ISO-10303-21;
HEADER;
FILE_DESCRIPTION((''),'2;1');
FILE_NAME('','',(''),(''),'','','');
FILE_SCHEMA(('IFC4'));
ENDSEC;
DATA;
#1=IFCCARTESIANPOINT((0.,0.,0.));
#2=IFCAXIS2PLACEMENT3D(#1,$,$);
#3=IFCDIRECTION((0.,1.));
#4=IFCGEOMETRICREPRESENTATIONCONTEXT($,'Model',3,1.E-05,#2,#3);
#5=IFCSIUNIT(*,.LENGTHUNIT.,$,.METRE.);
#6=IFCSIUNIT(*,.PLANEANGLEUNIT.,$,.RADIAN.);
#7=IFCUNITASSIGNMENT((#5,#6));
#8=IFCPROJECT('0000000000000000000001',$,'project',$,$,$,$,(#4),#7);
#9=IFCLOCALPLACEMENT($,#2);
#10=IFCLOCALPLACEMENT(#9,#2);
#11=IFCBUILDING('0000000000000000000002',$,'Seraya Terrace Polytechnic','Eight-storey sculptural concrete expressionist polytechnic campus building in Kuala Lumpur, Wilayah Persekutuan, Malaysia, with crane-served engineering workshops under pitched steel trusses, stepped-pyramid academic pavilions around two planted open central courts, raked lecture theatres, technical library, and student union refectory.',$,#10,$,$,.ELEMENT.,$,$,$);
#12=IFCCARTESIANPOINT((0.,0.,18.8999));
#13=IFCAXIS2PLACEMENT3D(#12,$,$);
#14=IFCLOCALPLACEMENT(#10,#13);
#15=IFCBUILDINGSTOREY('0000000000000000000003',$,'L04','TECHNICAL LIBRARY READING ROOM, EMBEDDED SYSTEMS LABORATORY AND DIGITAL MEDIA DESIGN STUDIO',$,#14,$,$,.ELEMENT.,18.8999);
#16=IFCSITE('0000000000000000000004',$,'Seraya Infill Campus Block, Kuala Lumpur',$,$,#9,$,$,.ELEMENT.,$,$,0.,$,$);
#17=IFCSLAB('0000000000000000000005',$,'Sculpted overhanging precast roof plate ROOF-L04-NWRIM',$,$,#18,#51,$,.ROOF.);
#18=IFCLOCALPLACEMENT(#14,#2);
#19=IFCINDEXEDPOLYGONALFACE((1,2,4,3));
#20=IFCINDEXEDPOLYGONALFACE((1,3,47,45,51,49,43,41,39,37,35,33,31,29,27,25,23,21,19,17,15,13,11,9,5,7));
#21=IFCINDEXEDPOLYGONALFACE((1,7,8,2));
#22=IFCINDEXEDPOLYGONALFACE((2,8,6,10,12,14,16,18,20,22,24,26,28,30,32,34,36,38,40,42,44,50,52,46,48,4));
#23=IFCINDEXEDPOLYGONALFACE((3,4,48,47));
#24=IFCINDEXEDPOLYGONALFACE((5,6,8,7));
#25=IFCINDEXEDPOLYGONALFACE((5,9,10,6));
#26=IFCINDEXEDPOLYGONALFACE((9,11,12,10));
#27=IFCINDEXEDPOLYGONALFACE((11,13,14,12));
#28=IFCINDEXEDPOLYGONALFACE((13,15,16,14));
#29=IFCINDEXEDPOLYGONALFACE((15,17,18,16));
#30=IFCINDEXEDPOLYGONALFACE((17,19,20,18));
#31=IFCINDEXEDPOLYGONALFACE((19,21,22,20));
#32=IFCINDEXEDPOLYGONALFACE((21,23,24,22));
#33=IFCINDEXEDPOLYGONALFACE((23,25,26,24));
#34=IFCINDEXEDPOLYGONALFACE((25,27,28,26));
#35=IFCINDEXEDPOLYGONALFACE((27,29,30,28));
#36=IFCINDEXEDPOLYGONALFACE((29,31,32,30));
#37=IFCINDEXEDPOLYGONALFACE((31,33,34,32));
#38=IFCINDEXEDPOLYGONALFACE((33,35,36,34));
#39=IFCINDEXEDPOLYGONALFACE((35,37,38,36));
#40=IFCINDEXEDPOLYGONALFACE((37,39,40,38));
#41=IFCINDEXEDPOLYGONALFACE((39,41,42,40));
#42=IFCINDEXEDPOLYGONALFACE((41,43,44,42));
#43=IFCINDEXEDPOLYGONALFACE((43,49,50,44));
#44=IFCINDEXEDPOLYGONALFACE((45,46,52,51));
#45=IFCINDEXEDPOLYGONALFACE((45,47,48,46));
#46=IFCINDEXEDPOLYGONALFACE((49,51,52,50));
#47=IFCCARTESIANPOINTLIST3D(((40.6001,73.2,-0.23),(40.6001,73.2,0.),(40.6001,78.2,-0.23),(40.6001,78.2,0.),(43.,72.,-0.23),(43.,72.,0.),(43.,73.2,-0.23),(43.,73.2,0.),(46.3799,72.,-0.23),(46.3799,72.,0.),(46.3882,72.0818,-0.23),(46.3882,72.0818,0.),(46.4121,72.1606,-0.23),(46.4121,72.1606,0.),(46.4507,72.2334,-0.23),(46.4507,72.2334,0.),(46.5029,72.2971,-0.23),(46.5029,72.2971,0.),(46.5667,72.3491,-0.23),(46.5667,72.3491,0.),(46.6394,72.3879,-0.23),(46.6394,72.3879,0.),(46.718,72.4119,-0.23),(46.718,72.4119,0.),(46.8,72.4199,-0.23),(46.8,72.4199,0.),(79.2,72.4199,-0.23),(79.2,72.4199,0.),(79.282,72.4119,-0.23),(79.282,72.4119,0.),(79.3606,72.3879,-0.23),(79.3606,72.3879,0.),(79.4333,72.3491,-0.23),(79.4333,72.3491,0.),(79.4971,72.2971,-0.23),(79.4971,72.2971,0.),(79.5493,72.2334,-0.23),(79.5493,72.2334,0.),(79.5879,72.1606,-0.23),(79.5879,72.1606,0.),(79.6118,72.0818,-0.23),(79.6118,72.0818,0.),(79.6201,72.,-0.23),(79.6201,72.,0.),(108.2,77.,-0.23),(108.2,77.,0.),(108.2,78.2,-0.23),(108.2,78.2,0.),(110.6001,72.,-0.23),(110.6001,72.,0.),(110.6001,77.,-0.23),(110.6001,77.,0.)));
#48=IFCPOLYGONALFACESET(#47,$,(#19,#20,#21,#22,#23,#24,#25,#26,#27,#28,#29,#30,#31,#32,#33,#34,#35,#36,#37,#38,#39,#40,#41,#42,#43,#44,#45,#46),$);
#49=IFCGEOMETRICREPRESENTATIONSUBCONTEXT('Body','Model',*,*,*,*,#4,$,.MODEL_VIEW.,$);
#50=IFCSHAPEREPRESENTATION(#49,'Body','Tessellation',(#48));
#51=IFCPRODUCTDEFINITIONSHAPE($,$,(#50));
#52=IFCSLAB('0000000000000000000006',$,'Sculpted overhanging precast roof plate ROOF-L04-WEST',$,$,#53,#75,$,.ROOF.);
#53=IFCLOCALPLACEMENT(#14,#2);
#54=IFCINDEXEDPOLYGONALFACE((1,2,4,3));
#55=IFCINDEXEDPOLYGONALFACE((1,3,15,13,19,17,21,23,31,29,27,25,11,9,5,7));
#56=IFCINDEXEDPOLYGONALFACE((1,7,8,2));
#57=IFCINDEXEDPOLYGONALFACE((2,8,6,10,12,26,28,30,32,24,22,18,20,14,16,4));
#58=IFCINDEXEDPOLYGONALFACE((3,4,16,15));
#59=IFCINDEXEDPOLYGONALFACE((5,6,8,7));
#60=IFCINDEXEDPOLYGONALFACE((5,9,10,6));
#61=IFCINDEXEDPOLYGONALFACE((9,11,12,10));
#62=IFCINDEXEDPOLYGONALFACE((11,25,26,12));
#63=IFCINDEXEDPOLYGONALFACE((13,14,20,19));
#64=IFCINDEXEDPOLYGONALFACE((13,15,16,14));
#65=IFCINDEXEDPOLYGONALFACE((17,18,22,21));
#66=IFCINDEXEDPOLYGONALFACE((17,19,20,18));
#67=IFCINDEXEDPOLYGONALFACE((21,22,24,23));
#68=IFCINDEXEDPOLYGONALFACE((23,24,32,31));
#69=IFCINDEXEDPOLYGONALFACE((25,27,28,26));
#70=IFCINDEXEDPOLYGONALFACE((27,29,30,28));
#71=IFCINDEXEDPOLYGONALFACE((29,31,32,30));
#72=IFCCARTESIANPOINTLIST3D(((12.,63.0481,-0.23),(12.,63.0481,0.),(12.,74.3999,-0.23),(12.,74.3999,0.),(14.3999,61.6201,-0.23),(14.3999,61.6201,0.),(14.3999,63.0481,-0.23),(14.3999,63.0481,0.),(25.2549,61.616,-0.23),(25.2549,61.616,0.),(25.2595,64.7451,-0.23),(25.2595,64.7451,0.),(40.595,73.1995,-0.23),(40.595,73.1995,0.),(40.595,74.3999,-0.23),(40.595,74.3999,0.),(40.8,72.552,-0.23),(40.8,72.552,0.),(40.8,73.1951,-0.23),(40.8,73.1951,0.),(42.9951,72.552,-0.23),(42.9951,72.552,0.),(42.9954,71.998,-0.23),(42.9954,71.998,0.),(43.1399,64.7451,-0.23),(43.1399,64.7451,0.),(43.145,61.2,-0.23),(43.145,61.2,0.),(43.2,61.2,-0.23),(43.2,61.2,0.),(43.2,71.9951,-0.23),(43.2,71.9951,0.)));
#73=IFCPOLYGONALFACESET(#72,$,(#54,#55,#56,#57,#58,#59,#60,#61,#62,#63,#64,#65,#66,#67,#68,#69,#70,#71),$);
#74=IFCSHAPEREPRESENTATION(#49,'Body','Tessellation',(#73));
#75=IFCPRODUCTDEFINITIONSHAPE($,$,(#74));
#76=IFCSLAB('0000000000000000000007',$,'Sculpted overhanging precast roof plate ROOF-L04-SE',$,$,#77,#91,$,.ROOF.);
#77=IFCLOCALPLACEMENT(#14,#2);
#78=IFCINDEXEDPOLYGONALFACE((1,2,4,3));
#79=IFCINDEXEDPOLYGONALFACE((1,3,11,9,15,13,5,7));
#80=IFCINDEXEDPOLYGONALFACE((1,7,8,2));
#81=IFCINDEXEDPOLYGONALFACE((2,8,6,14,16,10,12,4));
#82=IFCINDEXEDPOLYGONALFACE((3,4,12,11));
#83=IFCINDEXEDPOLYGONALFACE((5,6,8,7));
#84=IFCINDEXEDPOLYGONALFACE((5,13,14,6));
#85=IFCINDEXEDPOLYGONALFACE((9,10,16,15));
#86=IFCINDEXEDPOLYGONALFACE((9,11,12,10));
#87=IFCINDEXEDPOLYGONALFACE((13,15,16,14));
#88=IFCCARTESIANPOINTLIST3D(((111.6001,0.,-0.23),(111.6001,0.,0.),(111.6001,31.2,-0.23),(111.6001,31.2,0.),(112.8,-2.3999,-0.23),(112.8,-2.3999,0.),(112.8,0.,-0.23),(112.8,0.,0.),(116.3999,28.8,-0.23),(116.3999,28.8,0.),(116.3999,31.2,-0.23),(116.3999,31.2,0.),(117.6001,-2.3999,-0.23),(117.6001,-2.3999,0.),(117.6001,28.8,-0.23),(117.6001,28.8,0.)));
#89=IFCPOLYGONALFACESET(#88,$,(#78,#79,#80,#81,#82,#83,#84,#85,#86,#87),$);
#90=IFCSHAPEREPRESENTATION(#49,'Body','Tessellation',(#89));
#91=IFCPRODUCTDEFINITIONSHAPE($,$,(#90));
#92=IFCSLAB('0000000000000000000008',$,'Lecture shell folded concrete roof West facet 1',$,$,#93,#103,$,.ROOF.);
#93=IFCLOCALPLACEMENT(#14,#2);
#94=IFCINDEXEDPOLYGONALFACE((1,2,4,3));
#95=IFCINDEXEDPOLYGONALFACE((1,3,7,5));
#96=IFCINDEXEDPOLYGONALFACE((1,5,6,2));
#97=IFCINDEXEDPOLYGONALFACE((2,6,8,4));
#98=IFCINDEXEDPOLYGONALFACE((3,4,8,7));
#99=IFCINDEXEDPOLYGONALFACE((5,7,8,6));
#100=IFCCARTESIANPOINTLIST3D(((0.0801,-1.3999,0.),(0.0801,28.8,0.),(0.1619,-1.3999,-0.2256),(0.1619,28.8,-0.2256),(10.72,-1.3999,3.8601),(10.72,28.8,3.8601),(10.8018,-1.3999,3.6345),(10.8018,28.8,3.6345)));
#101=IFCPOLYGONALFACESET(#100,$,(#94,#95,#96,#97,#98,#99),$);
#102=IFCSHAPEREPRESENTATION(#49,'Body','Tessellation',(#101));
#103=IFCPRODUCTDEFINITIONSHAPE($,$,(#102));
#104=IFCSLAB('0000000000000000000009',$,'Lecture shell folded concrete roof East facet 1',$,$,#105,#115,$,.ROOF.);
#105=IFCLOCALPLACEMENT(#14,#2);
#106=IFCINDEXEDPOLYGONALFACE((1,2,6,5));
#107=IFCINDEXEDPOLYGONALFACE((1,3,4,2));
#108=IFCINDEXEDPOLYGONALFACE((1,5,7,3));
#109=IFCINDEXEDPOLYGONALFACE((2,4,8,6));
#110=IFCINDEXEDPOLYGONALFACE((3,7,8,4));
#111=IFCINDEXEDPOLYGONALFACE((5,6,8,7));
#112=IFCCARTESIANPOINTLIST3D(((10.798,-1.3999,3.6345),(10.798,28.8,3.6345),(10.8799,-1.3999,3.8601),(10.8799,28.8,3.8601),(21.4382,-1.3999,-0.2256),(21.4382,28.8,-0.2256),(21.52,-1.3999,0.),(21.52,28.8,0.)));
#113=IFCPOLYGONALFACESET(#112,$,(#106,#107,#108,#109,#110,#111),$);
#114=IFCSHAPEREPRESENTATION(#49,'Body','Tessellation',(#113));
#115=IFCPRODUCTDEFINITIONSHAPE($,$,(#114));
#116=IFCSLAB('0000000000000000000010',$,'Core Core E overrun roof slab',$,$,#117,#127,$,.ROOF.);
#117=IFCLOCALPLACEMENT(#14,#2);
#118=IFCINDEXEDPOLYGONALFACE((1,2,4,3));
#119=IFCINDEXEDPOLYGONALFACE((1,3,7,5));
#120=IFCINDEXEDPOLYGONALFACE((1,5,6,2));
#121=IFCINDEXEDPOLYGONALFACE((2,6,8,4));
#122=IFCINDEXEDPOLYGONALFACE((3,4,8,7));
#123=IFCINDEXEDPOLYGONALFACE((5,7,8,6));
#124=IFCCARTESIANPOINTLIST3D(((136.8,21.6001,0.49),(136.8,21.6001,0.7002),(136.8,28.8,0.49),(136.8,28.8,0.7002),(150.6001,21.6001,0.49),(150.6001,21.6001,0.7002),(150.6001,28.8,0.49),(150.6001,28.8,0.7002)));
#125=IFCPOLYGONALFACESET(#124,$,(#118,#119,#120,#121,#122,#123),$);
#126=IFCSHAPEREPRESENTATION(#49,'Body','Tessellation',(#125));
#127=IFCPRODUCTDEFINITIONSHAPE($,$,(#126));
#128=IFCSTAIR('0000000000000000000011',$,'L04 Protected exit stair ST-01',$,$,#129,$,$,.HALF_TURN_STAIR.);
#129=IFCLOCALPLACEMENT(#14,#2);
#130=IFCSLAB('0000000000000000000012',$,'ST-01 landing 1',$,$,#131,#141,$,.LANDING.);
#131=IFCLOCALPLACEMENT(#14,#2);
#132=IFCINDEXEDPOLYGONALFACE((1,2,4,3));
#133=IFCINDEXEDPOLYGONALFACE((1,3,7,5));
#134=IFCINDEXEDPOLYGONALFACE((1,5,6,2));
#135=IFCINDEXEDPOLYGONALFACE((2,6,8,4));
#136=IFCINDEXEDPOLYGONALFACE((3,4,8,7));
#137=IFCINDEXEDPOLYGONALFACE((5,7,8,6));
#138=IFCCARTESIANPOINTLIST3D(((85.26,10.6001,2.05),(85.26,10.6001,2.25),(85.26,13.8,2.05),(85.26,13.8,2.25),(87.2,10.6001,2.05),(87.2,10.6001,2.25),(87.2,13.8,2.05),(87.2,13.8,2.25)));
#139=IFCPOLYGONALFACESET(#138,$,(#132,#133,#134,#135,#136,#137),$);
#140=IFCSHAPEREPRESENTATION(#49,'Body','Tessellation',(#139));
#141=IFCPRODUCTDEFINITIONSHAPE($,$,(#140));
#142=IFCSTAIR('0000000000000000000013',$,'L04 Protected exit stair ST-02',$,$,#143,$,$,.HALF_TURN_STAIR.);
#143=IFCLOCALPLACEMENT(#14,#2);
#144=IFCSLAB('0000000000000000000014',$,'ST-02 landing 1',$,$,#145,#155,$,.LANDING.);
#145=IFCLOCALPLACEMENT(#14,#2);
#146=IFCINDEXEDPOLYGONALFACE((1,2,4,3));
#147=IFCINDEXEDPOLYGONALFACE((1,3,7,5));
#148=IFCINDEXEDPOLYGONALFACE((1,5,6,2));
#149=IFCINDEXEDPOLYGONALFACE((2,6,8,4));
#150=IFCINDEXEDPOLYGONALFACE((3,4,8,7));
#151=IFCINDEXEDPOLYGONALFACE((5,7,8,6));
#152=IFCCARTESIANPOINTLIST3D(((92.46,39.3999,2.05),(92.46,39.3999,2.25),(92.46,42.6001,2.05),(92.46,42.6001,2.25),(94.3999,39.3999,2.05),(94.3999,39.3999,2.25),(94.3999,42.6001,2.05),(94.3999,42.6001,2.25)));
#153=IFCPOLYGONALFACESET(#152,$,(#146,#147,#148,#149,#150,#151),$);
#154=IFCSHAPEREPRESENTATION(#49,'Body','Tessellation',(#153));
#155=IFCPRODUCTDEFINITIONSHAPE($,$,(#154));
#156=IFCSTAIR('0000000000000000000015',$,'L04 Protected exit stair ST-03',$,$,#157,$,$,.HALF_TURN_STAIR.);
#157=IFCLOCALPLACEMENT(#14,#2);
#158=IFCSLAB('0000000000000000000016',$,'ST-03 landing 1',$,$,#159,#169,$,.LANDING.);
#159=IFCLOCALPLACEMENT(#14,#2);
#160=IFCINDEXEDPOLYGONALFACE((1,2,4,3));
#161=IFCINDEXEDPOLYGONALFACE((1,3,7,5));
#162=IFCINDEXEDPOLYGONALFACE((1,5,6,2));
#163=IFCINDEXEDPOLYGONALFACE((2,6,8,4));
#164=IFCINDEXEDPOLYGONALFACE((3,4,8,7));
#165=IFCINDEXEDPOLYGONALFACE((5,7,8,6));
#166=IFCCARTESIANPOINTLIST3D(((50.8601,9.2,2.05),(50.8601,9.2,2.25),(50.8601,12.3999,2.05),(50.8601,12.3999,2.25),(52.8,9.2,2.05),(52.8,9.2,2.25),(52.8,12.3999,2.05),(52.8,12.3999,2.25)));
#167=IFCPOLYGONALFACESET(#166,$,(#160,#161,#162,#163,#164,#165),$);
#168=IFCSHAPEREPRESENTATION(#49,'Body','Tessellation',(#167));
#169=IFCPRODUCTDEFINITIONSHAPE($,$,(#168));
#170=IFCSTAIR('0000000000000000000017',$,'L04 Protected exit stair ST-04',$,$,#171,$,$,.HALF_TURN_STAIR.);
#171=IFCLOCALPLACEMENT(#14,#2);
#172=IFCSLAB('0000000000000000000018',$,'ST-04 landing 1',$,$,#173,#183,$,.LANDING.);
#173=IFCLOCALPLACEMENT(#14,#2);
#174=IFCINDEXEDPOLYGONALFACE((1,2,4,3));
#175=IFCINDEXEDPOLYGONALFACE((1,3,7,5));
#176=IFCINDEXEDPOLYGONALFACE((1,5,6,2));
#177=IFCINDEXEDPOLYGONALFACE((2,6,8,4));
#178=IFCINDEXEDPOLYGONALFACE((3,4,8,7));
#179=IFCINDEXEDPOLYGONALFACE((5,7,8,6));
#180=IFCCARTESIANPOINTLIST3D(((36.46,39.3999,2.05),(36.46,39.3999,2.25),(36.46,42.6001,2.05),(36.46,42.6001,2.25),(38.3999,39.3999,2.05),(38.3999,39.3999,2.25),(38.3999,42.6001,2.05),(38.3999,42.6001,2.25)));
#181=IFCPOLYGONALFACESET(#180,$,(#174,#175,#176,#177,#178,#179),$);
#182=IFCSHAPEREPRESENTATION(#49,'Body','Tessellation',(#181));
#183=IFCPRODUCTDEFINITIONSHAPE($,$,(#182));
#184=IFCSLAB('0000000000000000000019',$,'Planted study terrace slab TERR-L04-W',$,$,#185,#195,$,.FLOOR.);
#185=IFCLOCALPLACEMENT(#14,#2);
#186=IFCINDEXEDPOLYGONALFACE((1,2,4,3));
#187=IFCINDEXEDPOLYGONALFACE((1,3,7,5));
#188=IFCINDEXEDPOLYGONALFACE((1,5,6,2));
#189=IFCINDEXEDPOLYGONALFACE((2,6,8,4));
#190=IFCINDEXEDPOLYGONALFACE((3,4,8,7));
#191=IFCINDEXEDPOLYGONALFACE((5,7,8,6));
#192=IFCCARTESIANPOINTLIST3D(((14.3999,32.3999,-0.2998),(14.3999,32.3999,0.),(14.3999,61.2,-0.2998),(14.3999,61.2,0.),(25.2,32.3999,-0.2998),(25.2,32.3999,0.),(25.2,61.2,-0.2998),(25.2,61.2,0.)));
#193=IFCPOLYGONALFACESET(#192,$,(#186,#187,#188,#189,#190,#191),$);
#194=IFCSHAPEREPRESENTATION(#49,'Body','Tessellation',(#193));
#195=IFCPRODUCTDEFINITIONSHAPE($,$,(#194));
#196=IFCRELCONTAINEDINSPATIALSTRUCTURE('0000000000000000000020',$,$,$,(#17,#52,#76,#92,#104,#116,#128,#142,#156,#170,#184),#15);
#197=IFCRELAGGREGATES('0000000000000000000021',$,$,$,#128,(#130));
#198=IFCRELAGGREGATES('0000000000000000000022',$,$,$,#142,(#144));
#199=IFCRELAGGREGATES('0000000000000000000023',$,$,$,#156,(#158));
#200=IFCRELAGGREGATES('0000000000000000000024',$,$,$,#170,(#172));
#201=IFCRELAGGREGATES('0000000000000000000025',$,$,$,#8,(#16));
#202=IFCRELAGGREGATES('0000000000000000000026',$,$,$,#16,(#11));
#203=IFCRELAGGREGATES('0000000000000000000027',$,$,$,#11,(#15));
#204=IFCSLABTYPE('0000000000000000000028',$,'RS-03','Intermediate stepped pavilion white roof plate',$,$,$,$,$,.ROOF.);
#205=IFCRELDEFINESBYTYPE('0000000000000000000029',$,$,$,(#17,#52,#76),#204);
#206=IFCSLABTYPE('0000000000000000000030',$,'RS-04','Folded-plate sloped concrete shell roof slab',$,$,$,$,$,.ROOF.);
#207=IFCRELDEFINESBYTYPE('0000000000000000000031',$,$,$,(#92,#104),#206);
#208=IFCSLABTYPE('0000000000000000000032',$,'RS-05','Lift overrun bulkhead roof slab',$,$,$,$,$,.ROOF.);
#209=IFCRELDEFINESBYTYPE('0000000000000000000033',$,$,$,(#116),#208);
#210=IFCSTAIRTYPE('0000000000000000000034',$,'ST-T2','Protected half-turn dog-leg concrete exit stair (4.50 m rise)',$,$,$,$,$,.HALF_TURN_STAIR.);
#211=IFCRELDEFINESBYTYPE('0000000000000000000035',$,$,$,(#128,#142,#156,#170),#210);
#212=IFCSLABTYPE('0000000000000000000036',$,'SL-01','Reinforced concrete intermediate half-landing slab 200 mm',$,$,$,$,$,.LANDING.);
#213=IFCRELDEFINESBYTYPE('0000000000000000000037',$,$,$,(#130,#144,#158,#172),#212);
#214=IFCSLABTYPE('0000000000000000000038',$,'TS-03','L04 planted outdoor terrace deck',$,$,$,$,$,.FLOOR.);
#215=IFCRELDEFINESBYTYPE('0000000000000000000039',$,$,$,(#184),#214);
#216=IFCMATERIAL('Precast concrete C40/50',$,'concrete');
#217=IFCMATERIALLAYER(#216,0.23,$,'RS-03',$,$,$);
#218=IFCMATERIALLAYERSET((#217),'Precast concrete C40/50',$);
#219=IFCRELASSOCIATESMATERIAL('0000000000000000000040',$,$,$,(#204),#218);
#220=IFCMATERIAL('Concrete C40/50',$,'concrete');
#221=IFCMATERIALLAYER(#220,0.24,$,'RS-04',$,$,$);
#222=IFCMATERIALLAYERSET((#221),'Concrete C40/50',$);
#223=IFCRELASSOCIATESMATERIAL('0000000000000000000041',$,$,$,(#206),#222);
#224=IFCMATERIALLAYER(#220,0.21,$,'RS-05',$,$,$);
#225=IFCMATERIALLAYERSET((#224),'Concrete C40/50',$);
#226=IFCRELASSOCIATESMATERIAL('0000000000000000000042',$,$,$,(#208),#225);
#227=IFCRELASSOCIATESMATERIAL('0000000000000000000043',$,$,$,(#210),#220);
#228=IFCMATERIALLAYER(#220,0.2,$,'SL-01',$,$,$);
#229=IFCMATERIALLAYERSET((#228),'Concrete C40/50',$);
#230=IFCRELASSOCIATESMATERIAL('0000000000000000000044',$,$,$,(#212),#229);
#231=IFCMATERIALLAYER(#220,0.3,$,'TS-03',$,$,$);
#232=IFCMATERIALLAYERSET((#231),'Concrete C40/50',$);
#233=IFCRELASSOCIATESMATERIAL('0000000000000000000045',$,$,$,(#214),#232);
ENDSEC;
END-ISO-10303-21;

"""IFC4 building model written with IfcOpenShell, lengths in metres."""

from ifc_helpers import new_model, si_unit, direction, frame, origin, place, context, subcontext, project, spatial, polyline, outline, extrude, material, layer, layer_set, type_object, element, aggregate, save


model = new_model("IFC4")

# Units and contexts
model_context = context("Model", 3, precision=1e-05, world=origin(), true_north=direction((0.0, 1.0)))
body_context = subcontext(model_context, "Body", "Model", "MODEL_VIEW")
ifc_project = project(units=[si_unit("LENGTHUNIT", "METRE"), si_unit("PLANEANGLEUNIT", "RADIAN")], contexts=[model_context])

# Site, building, storey
site_placement = place(None, origin())
site = spatial("IfcSite", under=ifc_project, at=site_placement, Name="Seraya Infill Campus Block, Kuala Lumpur", CompositionType="ELEMENT", RefElevation=0.0)
building_placement = place(site_placement, origin())
building = spatial("IfcBuilding", under=site, at=building_placement, Name="Seraya Terrace Polytechnic", Description="Eight-storey sculptural concrete expressionist polytechnic campus building in Kuala Lumpur, Wilayah Persekutuan, Malaysia, with crane-served engineering workshops under pitched steel trusses, stepped-pyramid academic pavilions around two planted open central courts, raked lecture theatres, technical library, and student union refectory.", CompositionType="ELEMENT")
storey_placement = place(building_placement, frame((0.0, 0.0, 18.8999)))
storey = spatial("IfcBuildingStorey", under=building, at=storey_placement, Name="L04", Description="TECHNICAL LIBRARY READING ROOM, EMBEDDED SYSTEMS LABORATORY AND DIGITAL MEDIA DESIGN STUDIO", CompositionType="ELEMENT", Elevation=18.8999)

# Shared definitions
ifc_material_1 = material(Name="Concrete C40/50", Category="concrete")

# Slabs
ifc_material_2 = material(Name="Precast concrete C40/50", Category="concrete")
ifc_layer_1 = layer(ifc_material_2, 0.23, Name="RS-03")
ifc_layer_set_1 = layer_set([ifc_layer_1], Name="Precast concrete C40/50")
slab_type_1 = type_object("IfcSlabType", Name="RS-03", Description="Intermediate stepped pavilion white roof plate", PredefinedType="ROOF", material=ifc_layer_set_1)
slab_1_placement = place(storey_placement, frame((0.0, 0.0, -0.23)))
element("IfcSlab", 1, at=slab_1_placement, inside=storey, type_object=slab_type_1, Name="Sculpted overhanging precast roof plate ROOF-L04-NWRIM", PredefinedType="ROOF", context=body_context, shape_type="SweptSolid", body=[
    extrude(outline(polyline([(43.0, 72.0), (43.0, 73.2), (40.6001, 73.2), (40.6001, 78.2), (108.2, 78.2), (108.2, 77.0), (110.6001, 77.0), (110.6001, 72.0), (79.6201, 72.0), (79.6118, 72.0818), (79.5879, 72.1606), (79.5493, 72.2334), (79.4971, 72.2971), (79.4333, 72.3491), (79.3606, 72.3879), (79.282, 72.4119), (79.2, 72.4199), (46.8, 72.4199), (46.718, 72.4119), (46.6394, 72.3879), (46.5667, 72.3491), (46.5029, 72.2971), (46.4507, 72.2334), (46.4121, 72.1606), (46.3882, 72.0818), (46.3799, 72.0), (43.0, 72.0)])), origin(), (0.0, 0.0, 1.0), 0.23),
])
slab_2_placement = place(storey_placement, frame((0.0, 0.0, -0.23)))
element("IfcSlab", 2, at=slab_2_placement, inside=storey, type_object=slab_type_1, Name="Sculpted overhanging precast roof plate ROOF-L04-WEST", PredefinedType="ROOF", context=body_context, shape_type="SweptSolid", body=[
    extrude(outline(polyline([(43.2, 61.2), (43.145, 61.2), (43.1399, 64.7451), (25.2595, 64.7451), (25.2549, 61.616), (14.3999, 61.6201), (14.3999, 63.0481), (12.0, 63.0481), (12.0, 74.3999), (40.595, 74.3999), (40.595, 73.1995), (40.8, 73.1951), (40.8, 72.552), (42.9951, 72.552), (42.9954, 71.998), (43.2, 71.9951), (43.2, 61.2)])), origin(), (0.0, 0.0, 1.0), 0.23),
])
slab_3_placement = place(storey_placement, frame((0.0, 0.0, -0.23)))
element("IfcSlab", 3, at=slab_3_placement, inside=storey, type_object=slab_type_1, Name="Sculpted overhanging precast roof plate ROOF-L04-SE", PredefinedType="ROOF", context=body_context, shape_type="SweptSolid", body=[
    extrude(outline(polyline([(112.8, 0.0), (111.6001, 0.0), (111.6001, 31.2), (116.3999, 31.2), (116.3999, 28.8), (117.6001, 28.8), (117.6001, -2.3999), (112.8, -2.3999), (112.8, 0.0)])), origin(), (0.0, 0.0, 1.0), 0.23),
])
ifc_layer_2 = layer(ifc_material_1, 0.24, Name="RS-04")
ifc_layer_set_2 = layer_set([ifc_layer_2], Name="Concrete C40/50")
slab_type_2 = type_object("IfcSlabType", Name="RS-04", Description="Folded-plate sloped concrete shell roof slab", PredefinedType="ROOF", material=ifc_layer_set_2)
slab_4_placement = place(storey_placement, frame((0.0801, -1.3999, 0.0), z_axis=(-0.341045, 0.0, 0.940047), x_axis=(0.940047, 0.0, 0.341045)))
element("IfcSlab", 4, at=slab_4_placement, inside=storey, type_object=slab_type_2, Name="Lecture shell folded concrete roof West facet 1", PredefinedType="ROOF", context=body_context, shape_type="SweptSolid", body=[
    extrude(outline(polyline([(0.0, 0.0), (11.3185, 0.0), (11.3185, 30.2), (0.0, 30.2), (0.0, 0.0)])), origin(), (0.0, 0.0, -1.0), 0.24),
])
slab_5_placement = place(storey_placement, frame((10.8799, -1.3999, 3.8601), z_axis=(0.341038, 0.0, 0.940049), x_axis=(0.940049, 0.0, -0.341038)))
element("IfcSlab", 5, at=slab_5_placement, inside=storey, type_object=slab_type_2, Name="Lecture shell folded concrete roof East facet 1", PredefinedType="ROOF", context=body_context, shape_type="SweptSolid", body=[
    extrude(outline(polyline([(0.0, 0.0), (11.3187, 0.0), (11.3187, 30.2), (0.0, 30.2), (0.0, 0.0)])), origin(), (0.0, 0.0, -1.0), 0.24),
])
ifc_layer_3 = layer(ifc_material_1, 0.21, Name="RS-05")
ifc_layer_set_3 = layer_set([ifc_layer_3], Name="Concrete C40/50")
slab_type_3 = type_object("IfcSlabType", Name="RS-05", Description="Lift overrun bulkhead roof slab", PredefinedType="ROOF", material=ifc_layer_set_3)
slab_6_placement = place(storey_placement, frame((0.0, 0.0, 0.49)))
element("IfcSlab", 6, at=slab_6_placement, inside=storey, type_object=slab_type_3, Name="Core Core E overrun roof slab", PredefinedType="ROOF", context=body_context, shape_type="SweptSolid", body=[
    extrude(outline(polyline([(136.8, 21.6001), (150.6001, 21.6001), (150.6001, 28.8), (136.8, 28.8), (136.8, 21.6001)])), origin(), (0.0, 0.0, 1.0), 0.2102),
])

# Stairs, slabs
stair_type = type_object("IfcStairType", Name="ST-T2", Description="Protected half-turn dog-leg concrete exit stair (4.50 m rise)", PredefinedType="HALF_TURN_STAIR", material=ifc_material_1)
stair_1_placement = place(storey_placement, origin())
stair_1 = element("IfcStair", 7, at=stair_1_placement, inside=storey, type_object=stair_type, Name="L04 Protected exit stair ST-01", PredefinedType="HALF_TURN_STAIR")
ifc_layer_4 = layer(ifc_material_1, 0.2, Name="SL-01")
ifc_layer_set_4 = layer_set([ifc_layer_4], Name="Concrete C40/50")
slab_type_4 = type_object("IfcSlabType", Name="SL-01", Description="Reinforced concrete intermediate half-landing slab 200 mm", PredefinedType="LANDING", material=ifc_layer_set_4)
slab_7_placement = place(storey_placement, frame((0.0, 0.0, 2.05)))
slab_7 = element("IfcSlab", 8, at=slab_7_placement, type_object=slab_type_4, Name="ST-01 landing 1", PredefinedType="LANDING", context=body_context, shape_type="SweptSolid", body=[
    extrude(outline(polyline([(85.26, 10.6001), (87.2, 10.6001), (87.2, 13.8), (85.26, 13.8), (85.26, 10.6001)])), origin(), (0.0, 0.0, 1.0), 0.2),
])
aggregate(stair_1, [slab_7])
stair_2_placement = place(storey_placement, origin())
stair_2 = element("IfcStair", 9, at=stair_2_placement, inside=storey, type_object=stair_type, Name="L04 Protected exit stair ST-02", PredefinedType="HALF_TURN_STAIR")
slab_8_placement = place(storey_placement, frame((0.0, 0.0, 2.05)))
slab_8 = element("IfcSlab", 10, at=slab_8_placement, type_object=slab_type_4, Name="ST-02 landing 1", PredefinedType="LANDING", context=body_context, shape_type="SweptSolid", body=[
    extrude(outline(polyline([(92.46, 39.3999), (94.3999, 39.3999), (94.3999, 42.6001), (92.46, 42.6001), (92.46, 39.3999)])), origin(), (0.0, 0.0, 1.0), 0.2),
])
aggregate(stair_2, [slab_8])
stair_3_placement = place(storey_placement, origin())
stair_3 = element("IfcStair", 11, at=stair_3_placement, inside=storey, type_object=stair_type, Name="L04 Protected exit stair ST-03", PredefinedType="HALF_TURN_STAIR")
slab_9_placement = place(storey_placement, frame((0.0, 0.0, 2.05)))
slab_9 = element("IfcSlab", 12, at=slab_9_placement, type_object=slab_type_4, Name="ST-03 landing 1", PredefinedType="LANDING", context=body_context, shape_type="SweptSolid", body=[
    extrude(outline(polyline([(50.8601, 9.2), (52.8, 9.2), (52.8, 12.3999), (50.8601, 12.3999), (50.8601, 9.2)])), origin(), (0.0, 0.0, 1.0), 0.2),
])
aggregate(stair_3, [slab_9])
stair_4_placement = place(storey_placement, origin())
stair_4 = element("IfcStair", 13, at=stair_4_placement, inside=storey, type_object=stair_type, Name="L04 Protected exit stair ST-04", PredefinedType="HALF_TURN_STAIR")
slab_10_placement = place(storey_placement, frame((0.0, 0.0, 2.05)))
slab_10 = element("IfcSlab", 14, at=slab_10_placement, type_object=slab_type_4, Name="ST-04 landing 1", PredefinedType="LANDING", context=body_context, shape_type="SweptSolid", body=[
    extrude(outline(polyline([(36.46, 39.3999), (38.3999, 39.3999), (38.3999, 42.6001), (36.46, 42.6001), (36.46, 39.3999)])), origin(), (0.0, 0.0, 1.0), 0.2),
])
aggregate(stair_4, [slab_10])

# Slab
ifc_layer_5 = layer(ifc_material_1, 0.3, Name="TS-03")
ifc_layer_set_5 = layer_set([ifc_layer_5], Name="Concrete C40/50")
slab_type_5 = type_object("IfcSlabType", Name="TS-03", Description="L04 planted outdoor terrace deck", PredefinedType="FLOOR", material=ifc_layer_set_5)
slab_11_placement = place(storey_placement, frame((0.0, 0.0, -0.2998)))
element("IfcSlab", 15, at=slab_11_placement, inside=storey, type_object=slab_type_5, Name="Planted study terrace slab TERR-L04-W", PredefinedType="FLOOR", context=body_context, shape_type="SweptSolid", body=[
    extrude(outline(polyline([(14.3999, 32.3999), (14.3999, 61.2), (25.2, 61.2), (25.2, 32.3999), (14.3999, 32.3999)])), origin(), (0.0, 0.0, 1.0), 0.2998),
])

save(model, "model.ifc")
